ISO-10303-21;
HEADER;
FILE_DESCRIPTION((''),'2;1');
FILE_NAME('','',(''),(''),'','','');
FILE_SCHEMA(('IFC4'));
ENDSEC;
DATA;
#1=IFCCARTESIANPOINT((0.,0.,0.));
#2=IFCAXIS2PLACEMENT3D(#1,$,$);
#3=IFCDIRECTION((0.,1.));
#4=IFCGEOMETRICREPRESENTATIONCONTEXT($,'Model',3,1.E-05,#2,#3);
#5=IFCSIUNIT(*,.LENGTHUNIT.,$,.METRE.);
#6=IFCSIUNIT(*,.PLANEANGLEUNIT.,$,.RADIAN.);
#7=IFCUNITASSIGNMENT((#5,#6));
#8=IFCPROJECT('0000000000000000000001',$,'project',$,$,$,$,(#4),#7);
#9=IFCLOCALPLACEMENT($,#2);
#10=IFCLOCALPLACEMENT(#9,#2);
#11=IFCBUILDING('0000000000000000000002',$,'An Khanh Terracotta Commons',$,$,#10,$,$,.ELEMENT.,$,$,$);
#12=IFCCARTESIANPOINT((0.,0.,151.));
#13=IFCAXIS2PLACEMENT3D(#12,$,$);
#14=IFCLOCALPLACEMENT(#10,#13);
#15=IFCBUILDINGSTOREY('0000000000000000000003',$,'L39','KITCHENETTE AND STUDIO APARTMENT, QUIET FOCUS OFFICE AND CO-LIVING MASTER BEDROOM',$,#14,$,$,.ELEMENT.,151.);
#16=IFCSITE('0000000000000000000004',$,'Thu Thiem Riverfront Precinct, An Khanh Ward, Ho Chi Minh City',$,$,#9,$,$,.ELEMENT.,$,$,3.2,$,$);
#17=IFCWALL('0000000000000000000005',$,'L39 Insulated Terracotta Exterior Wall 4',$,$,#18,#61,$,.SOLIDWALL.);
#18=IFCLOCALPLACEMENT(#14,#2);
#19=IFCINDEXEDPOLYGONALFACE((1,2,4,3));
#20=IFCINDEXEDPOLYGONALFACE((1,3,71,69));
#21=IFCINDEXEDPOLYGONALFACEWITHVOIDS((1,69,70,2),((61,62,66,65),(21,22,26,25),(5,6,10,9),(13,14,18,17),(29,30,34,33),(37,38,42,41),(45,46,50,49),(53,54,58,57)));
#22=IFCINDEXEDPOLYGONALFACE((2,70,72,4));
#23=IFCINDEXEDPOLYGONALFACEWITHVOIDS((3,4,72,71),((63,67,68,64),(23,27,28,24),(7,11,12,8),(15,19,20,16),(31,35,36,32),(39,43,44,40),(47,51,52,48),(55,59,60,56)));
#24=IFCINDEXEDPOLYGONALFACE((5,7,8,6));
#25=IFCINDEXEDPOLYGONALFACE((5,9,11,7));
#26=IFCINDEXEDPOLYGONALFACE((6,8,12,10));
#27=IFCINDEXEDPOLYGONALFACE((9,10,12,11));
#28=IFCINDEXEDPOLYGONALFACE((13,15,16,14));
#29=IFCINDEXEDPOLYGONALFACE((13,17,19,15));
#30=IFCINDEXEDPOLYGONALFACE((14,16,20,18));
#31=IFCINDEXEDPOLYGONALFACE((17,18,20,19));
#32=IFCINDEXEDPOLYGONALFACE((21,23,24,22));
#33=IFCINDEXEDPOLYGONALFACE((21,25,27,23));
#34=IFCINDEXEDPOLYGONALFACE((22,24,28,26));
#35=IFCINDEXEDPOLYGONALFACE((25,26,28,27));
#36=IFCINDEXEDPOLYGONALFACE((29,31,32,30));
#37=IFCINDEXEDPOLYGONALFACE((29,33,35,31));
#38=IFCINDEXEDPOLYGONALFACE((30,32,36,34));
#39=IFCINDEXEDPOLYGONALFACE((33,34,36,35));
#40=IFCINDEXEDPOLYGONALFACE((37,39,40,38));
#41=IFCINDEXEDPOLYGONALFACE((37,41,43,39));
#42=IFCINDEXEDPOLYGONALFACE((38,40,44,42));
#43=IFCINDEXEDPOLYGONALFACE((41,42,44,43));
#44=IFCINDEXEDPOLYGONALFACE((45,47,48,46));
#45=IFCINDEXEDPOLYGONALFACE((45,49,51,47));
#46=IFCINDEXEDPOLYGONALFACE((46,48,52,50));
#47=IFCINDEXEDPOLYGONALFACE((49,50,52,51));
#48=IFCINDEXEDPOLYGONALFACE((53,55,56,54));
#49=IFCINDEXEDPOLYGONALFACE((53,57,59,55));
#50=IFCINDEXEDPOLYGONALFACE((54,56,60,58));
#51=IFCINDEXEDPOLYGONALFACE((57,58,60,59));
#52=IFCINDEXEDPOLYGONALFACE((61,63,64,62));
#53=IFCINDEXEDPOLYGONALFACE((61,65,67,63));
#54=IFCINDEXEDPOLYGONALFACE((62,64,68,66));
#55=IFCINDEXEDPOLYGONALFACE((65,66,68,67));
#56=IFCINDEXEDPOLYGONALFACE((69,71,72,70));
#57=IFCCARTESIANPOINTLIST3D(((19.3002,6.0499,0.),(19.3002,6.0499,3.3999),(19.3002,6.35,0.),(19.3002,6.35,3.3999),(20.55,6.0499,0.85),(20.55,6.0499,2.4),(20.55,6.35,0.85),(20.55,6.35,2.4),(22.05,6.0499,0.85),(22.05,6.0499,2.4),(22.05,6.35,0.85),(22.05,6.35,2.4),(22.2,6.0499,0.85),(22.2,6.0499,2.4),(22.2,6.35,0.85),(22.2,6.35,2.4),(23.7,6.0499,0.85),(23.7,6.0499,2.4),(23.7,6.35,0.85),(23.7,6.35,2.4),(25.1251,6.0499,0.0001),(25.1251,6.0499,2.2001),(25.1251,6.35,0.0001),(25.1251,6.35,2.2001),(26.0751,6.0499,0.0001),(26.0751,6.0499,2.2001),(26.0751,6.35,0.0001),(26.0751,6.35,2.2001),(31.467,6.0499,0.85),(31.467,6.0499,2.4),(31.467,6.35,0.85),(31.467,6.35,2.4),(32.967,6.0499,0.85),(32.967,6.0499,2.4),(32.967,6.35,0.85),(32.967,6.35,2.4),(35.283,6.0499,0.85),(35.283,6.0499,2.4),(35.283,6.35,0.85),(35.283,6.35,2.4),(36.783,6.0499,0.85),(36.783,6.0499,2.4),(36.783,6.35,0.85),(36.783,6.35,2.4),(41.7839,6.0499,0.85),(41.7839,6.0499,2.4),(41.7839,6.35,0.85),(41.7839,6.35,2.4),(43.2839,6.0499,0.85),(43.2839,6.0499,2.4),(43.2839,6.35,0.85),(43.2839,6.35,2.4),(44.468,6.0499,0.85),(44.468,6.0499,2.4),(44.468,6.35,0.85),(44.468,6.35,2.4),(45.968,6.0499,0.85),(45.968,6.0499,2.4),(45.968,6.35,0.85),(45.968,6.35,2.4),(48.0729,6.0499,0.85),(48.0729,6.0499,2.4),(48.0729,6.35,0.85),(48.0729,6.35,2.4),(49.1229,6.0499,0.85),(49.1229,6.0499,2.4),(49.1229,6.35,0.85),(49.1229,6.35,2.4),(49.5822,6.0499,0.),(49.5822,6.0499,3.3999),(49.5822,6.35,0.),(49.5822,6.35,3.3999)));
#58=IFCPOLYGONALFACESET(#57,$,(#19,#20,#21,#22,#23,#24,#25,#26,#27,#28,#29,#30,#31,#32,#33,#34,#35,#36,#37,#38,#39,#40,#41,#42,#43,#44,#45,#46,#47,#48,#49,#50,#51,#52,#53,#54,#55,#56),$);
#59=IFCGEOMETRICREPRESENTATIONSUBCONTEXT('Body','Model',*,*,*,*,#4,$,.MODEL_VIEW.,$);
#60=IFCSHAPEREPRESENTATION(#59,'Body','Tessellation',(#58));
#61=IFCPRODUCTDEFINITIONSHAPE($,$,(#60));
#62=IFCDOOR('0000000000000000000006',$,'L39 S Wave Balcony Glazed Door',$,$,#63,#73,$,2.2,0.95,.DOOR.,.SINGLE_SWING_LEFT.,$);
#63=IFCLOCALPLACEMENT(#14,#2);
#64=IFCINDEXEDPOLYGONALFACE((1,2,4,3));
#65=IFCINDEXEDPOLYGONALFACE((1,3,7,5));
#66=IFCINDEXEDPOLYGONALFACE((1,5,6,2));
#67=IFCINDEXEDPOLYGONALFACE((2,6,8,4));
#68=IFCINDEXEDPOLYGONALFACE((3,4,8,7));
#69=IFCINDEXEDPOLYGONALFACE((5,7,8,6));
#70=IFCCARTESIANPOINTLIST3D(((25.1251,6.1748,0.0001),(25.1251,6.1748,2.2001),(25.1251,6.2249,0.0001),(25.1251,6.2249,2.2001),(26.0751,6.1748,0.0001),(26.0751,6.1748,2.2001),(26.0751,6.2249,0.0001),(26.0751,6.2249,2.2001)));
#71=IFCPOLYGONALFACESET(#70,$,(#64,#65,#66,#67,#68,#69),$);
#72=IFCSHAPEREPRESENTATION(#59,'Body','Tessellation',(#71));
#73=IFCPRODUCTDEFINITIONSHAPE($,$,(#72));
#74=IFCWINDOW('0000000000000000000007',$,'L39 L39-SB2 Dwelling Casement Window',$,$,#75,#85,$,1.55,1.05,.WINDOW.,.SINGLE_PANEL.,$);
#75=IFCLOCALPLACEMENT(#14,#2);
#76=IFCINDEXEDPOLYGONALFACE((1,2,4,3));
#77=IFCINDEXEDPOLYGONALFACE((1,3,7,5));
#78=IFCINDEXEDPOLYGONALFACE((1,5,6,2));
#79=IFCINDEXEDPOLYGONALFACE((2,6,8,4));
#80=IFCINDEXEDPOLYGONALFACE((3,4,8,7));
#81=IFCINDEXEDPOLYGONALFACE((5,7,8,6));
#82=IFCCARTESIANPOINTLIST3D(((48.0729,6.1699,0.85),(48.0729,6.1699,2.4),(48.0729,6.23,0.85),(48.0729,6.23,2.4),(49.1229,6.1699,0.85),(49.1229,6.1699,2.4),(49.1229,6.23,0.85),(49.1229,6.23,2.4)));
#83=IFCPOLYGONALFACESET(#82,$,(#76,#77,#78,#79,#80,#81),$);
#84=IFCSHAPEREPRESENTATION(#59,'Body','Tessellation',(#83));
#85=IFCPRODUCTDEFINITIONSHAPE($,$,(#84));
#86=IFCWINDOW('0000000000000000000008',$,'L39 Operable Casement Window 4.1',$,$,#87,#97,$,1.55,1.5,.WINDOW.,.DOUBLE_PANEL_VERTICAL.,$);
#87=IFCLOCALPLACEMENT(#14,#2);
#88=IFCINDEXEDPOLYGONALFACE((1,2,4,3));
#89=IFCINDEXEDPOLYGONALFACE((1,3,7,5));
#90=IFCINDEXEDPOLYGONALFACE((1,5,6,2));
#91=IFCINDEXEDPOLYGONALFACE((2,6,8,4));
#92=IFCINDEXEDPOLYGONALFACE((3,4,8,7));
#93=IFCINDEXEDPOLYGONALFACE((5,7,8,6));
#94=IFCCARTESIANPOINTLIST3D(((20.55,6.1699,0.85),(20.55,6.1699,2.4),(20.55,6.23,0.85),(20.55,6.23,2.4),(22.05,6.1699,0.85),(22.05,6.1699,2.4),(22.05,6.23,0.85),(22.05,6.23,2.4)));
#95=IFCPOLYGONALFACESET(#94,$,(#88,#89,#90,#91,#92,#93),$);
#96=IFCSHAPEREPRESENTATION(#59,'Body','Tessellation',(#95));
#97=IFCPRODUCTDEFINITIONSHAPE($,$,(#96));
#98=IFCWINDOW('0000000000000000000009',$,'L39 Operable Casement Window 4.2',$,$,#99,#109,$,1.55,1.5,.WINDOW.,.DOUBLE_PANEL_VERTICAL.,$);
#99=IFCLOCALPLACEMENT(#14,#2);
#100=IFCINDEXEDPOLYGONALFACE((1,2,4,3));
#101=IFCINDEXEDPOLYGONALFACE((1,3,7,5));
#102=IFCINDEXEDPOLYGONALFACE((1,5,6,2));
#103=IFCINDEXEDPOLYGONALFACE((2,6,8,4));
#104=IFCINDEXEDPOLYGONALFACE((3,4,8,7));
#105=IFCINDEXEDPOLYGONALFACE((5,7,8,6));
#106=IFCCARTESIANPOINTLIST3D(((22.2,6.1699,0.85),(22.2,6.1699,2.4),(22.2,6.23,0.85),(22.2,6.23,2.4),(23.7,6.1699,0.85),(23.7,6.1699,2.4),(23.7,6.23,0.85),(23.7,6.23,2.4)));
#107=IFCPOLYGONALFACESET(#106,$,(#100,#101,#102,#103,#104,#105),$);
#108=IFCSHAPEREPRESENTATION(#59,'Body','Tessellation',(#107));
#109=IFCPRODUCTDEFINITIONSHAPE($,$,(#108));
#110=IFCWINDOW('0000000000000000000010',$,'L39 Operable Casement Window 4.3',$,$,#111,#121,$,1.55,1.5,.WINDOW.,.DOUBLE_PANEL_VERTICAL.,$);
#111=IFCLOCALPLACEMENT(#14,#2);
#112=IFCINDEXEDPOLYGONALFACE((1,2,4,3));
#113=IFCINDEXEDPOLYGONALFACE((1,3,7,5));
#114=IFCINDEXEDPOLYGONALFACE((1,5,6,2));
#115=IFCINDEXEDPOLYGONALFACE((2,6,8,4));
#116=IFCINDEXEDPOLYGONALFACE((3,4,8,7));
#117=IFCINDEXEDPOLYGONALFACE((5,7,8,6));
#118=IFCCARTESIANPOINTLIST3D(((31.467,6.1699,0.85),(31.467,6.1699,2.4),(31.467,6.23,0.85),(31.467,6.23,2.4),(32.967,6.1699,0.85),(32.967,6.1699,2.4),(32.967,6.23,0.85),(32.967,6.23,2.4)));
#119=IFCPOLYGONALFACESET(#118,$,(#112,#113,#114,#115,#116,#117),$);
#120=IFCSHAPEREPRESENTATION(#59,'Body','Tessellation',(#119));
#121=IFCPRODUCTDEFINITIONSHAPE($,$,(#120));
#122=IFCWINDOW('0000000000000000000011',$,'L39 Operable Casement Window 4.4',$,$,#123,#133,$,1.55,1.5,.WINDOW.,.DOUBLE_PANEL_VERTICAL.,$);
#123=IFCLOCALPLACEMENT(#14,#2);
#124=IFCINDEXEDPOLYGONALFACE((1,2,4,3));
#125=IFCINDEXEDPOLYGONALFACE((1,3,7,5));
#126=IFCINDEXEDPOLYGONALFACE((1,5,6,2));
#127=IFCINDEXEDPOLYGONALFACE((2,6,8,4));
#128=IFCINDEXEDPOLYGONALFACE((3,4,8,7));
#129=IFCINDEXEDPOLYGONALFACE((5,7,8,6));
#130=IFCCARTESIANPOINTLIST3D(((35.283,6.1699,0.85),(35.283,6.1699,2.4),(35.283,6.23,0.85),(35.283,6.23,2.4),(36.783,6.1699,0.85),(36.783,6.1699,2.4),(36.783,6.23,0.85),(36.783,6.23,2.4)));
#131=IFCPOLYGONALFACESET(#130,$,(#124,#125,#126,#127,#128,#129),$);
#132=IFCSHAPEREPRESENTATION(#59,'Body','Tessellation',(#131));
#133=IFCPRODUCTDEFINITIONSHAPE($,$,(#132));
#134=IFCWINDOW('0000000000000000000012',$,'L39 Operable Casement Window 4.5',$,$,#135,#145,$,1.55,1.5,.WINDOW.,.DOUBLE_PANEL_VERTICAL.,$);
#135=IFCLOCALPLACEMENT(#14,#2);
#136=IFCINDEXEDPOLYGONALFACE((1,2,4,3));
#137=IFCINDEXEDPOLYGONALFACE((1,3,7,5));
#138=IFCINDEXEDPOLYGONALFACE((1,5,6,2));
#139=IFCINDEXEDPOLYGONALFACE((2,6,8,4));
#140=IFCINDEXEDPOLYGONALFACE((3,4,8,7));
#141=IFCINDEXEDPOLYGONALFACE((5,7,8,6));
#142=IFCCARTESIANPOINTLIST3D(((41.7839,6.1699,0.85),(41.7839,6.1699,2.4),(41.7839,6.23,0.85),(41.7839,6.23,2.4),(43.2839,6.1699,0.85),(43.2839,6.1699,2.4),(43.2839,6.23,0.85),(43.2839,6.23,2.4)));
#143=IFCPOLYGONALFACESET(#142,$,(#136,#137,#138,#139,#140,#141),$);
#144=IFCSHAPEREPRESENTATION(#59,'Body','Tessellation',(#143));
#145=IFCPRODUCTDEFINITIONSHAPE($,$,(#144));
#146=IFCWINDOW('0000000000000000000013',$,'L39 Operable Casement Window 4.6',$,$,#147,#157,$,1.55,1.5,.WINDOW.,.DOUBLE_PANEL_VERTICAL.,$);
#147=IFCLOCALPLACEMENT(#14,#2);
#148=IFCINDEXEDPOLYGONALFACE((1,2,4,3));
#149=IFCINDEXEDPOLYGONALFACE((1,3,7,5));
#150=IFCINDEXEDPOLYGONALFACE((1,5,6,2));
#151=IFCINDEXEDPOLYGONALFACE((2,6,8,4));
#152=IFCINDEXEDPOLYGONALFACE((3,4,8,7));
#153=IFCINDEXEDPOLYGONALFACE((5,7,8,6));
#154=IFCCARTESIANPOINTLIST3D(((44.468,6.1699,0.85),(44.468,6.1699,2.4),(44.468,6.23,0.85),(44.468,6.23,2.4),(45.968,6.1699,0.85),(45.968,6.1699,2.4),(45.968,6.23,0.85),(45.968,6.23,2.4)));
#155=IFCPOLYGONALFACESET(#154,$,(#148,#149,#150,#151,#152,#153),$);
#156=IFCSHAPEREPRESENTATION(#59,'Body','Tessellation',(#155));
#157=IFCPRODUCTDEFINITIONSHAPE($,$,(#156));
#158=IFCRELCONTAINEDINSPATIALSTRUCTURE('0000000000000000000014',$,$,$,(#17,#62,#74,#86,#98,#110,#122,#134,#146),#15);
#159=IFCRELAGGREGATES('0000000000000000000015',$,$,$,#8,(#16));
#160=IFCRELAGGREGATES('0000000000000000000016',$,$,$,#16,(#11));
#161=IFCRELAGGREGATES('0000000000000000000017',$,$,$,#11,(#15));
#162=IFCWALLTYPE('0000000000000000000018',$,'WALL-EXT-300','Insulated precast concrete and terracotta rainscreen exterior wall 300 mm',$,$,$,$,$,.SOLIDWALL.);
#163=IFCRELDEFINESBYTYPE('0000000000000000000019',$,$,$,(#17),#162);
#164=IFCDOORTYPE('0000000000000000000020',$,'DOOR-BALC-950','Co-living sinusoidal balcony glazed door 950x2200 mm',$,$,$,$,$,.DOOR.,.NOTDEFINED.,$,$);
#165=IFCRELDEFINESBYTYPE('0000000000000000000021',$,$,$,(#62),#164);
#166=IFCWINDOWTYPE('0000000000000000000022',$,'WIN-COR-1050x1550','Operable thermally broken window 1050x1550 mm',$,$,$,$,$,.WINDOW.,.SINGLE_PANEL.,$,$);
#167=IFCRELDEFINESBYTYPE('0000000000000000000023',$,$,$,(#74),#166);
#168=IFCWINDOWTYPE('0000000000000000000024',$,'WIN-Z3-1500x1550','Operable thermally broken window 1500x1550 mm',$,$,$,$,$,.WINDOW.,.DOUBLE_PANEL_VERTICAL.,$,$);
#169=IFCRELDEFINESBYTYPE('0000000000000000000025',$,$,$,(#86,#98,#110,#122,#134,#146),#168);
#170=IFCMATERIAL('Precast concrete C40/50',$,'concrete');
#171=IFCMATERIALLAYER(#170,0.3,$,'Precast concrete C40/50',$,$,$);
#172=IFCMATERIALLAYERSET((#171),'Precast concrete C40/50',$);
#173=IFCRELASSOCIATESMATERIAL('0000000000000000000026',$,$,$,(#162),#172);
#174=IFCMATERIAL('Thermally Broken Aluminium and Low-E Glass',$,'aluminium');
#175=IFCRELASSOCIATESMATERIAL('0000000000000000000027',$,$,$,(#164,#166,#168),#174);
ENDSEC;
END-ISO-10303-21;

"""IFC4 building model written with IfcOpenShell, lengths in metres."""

from ifc_helpers import new_model, si_unit, direction, frame, frame_2d, origin, place, context, subcontext, project, spatial, rectangle, extrude, material, layer, layer_set, type_object, element, fill, save


model = new_model("IFC4")

# Units and contexts
model_context = context("Model", 3, precision=1e-05, world=origin(), true_north=direction((0.0, 1.0)))
body_context = subcontext(model_context, "Body", "Model", "MODEL_VIEW")
ifc_project = project(units=[si_unit("LENGTHUNIT", "METRE"), si_unit("PLANEANGLEUNIT", "RADIAN")], contexts=[model_context])

# Site, building, storey
site_placement = place(None, origin())
site = spatial("IfcSite", under=ifc_project, at=site_placement, Name="Thu Thiem Riverfront Precinct, An Khanh Ward, Ho Chi Minh City", CompositionType="ELEMENT", RefElevation=3.2)
building_placement = place(site_placement, origin())
building = spatial("IfcBuilding", under=site, at=building_placement, Name="An Khanh Terracotta Commons", CompositionType="ELEMENT")
storey_placement = place(building_placement, frame((0.0, 0.0, 151.0)))
storey = spatial("IfcBuildingStorey", under=building, at=storey_placement, Name="L39", Description="KITCHENETTE AND STUDIO APARTMENT, QUIET FOCUS OFFICE AND CO-LIVING MASTER BEDROOM", CompositionType="ELEMENT", Elevation=151.0)

# Wall, openings, door, windows
ifc_material_1 = material(Name="Precast concrete C40/50", Category="concrete")
ifc_layer_1 = layer(ifc_material_1, 0.3, Name="Precast concrete C40/50")
ifc_layer_set_1 = layer_set([ifc_layer_1], Name="Precast concrete C40/50")
wall_type_1 = type_object("IfcWallType", Name="WALL-EXT-300", Description="Insulated precast concrete and terracotta rainscreen exterior wall 300 mm", PredefinedType="SOLIDWALL", material=ifc_layer_set_1)
wall_1_placement = place(storey_placement, frame((19.3, 6.2, 0.0), z_axis=(0.0, 0.0, 1.0), x_axis=(1.0, 0.0, 0.0)))
wall_1 = element("IfcWall", 1, at=wall_1_placement, inside=storey, type_object=wall_type_1, Name="L39 Insulated Terracotta Exterior Wall 4", PredefinedType="SOLIDWALL", context=body_context, shape_type="SweptSolid", body=[
    extrude(rectangle(XDim=30.282, YDim=0.3, at=frame_2d((15.1411, 0.0))), origin(), (0.0, 0.0, 1.0), 3.3999),
])
opening_1_placement = place(wall_1_placement, frame((5.825, 0.0, 0.0)))
opening_1 = element("IfcOpeningElement", 2, at=opening_1_placement, cuts=wall_1, PredefinedType="OPENING", context=body_context, shape_type="SweptSolid", body=[
    extrude(rectangle(XDim=0.95, YDim=2.2, at=frame_2d((0.4751, 1.1001))), frame((0.0, 0.1599, 0.0), z_axis=(0.0, -1.0, 0.0), x_axis=(1.0, 0.0, 0.0)), (0.0, 0.0, 1.0), 0.3201),
])
opening_2_placement = place(wall_1_placement, frame((1.25, 0.0, 0.8501)))
opening_2 = element("IfcOpeningElement", 3, at=opening_2_placement, cuts=wall_1, PredefinedType="OPENING", context=body_context, shape_type="SweptSolid", body=[
    extrude(rectangle(XDim=1.5, YDim=1.55, at=frame_2d((0.75, 0.7749))), frame((0.0, 0.1599, 0.0), z_axis=(0.0, -1.0, 0.0), x_axis=(1.0, 0.0, 0.0)), (0.0, 0.0, 1.0), 0.3201),
])
opening_3_placement = place(wall_1_placement, frame((2.8999, 0.0, 0.8501)))
opening_3 = element("IfcOpeningElement", 4, at=opening_3_placement, cuts=wall_1, PredefinedType="OPENING", context=body_context, shape_type="SweptSolid", body=[
    extrude(rectangle(XDim=1.5, YDim=1.55, at=frame_2d((0.75, 0.7749))), frame((0.0, 0.1599, 0.0), z_axis=(0.0, -1.0, 0.0), x_axis=(1.0, 0.0, 0.0)), (0.0, 0.0, 1.0), 0.3201),
])
opening_4_placement = place(wall_1_placement, frame((12.167, 0.0, 0.8501)))
opening_4 = element("IfcOpeningElement", 5, at=opening_4_placement, cuts=wall_1, PredefinedType="OPENING", context=body_context, shape_type="SweptSolid", body=[
    extrude(rectangle(XDim=1.5, YDim=1.55, at=frame_2d((0.75, 0.7749))), frame((0.0, 0.1599, 0.0), z_axis=(0.0, -1.0, 0.0), x_axis=(1.0, 0.0, 0.0)), (0.0, 0.0, 1.0), 0.3201),
])
opening_5_placement = place(wall_1_placement, frame((15.9829, 0.0, 0.8501)))
opening_5 = element("IfcOpeningElement", 6, at=opening_5_placement, cuts=wall_1, PredefinedType="OPENING", context=body_context, shape_type="SweptSolid", body=[
    extrude(rectangle(XDim=1.5, YDim=1.55, at=frame_2d((0.75, 0.7749))), frame((0.0, 0.1599, 0.0), z_axis=(0.0, -1.0, 0.0), x_axis=(1.0, 0.0, 0.0)), (0.0, 0.0, 1.0), 0.3201),
])
opening_6_placement = place(wall_1_placement, frame((22.4839, 0.0, 0.8501)))
opening_6 = element("IfcOpeningElement", 7, at=opening_6_placement, cuts=wall_1, PredefinedType="OPENING", context=body_context, shape_type="SweptSolid", body=[
    extrude(rectangle(XDim=1.5, YDim=1.55, at=frame_2d((0.75, 0.7749))), frame((0.0, 0.1599, 0.0), z_axis=(0.0, -1.0, 0.0), x_axis=(1.0, 0.0, 0.0)), (0.0, 0.0, 1.0), 0.3201),
])
opening_7_placement = place(wall_1_placement, frame((25.168, 0.0, 0.8501)))
opening_7 = element("IfcOpeningElement", 8, at=opening_7_placement, cuts=wall_1, PredefinedType="OPENING", context=body_context, shape_type="SweptSolid", body=[
    extrude(rectangle(XDim=1.5, YDim=1.55, at=frame_2d((0.75, 0.7749))), frame((0.0, 0.1599, 0.0), z_axis=(0.0, -1.0, 0.0), x_axis=(1.0, 0.0, 0.0)), (0.0, 0.0, 1.0), 0.3201),
])
opening_8_placement = place(wall_1_placement, frame((28.7729, 0.0, 0.8501)))
opening_8 = element("IfcOpeningElement", 9, at=opening_8_placement, cuts=wall_1, PredefinedType="OPENING", context=body_context, shape_type="SweptSolid", body=[
    extrude(rectangle(XDim=1.05, YDim=1.55, at=frame_2d((0.5249, 0.7749))), frame((0.0, 0.1599, 0.0), z_axis=(0.0, -1.0, 0.0), x_axis=(1.0, 0.0, 0.0)), (0.0, 0.0, 1.0), 0.3201),
])
ifc_material_2 = material(Name="Thermally Broken Aluminium and Low-E Glass", Category="aluminium")
door_type_1 = type_object("IfcDoorType", Name="DOOR-BALC-950", Description="Co-living sinusoidal balcony glazed door 950x2200 mm", OperationType="NOTDEFINED", PredefinedType="DOOR", material=ifc_material_2)
door_1_placement = place(opening_1_placement, origin())
door_1 = element("IfcDoor", 10, at=door_1_placement, inside=storey, type_object=door_type_1, Name="L39 S Wave Balcony Glazed Door", OperationType="SINGLE_SWING_LEFT", OverallHeight=2.2, OverallWidth=0.95, PredefinedType="DOOR", context=body_context, shape_type="SweptSolid", body=[
    extrude(rectangle(XDim=0.95, YDim=2.2, at=frame_2d((0.4751, 1.1001))), frame((0.0, 0.0249, 0.0), z_axis=(0.0, -1.0, 0.0), x_axis=(1.0, 0.0, 0.0)), (0.0, 0.0, 1.0), 0.05),
])
fill(opening_1, door_1)
window_type_1 = type_object("IfcWindowType", Name="WIN-COR-1050x1550", Description="Operable thermally broken window 1050x1550 mm", PartitioningType="SINGLE_PANEL", PredefinedType="WINDOW", material=ifc_material_2)
window_1_placement = place(opening_8_placement, origin())
window_1 = element("IfcWindow", 11, at=window_1_placement, inside=storey, type_object=window_type_1, Name="L39 L39-SB2 Dwelling Casement Window", OverallHeight=1.55, OverallWidth=1.05, PartitioningType="SINGLE_PANEL", PredefinedType="WINDOW", context=body_context, shape_type="SweptSolid", body=[
    extrude(rectangle(XDim=1.05, YDim=1.55, at=frame_2d((0.5249, 0.7749))), frame((0.0, 0.03, 0.0), z_axis=(0.0, -1.0, 0.0), x_axis=(1.0, 0.0, 0.0)), (0.0, 0.0, 1.0), 0.0601),
])
fill(opening_8, window_1)
window_type_2 = type_object("IfcWindowType", Name="WIN-Z3-1500x1550", Description="Operable thermally broken window 1500x1550 mm", PartitioningType="DOUBLE_PANEL_VERTICAL", PredefinedType="WINDOW", material=ifc_material_2)
window_2_placement = place(opening_2_placement, origin())
window_2 = element("IfcWindow", 12, at=window_2_placement, inside=storey, type_object=window_type_2, Name="L39 Operable Casement Window 4.1", OverallHeight=1.55, OverallWidth=1.5, PartitioningType="DOUBLE_PANEL_VERTICAL", PredefinedType="WINDOW", context=body_context, shape_type="SweptSolid", body=[
    extrude(rectangle(XDim=1.5, YDim=1.55, at=frame_2d((0.75, 0.7749))), frame((0.0, 0.03, 0.0), z_axis=(0.0, -1.0, 0.0), x_axis=(1.0, 0.0, 0.0)), (0.0, 0.0, 1.0), 0.0601),
])
fill(opening_2, window_2)
window_3_placement = place(opening_3_placement, origin())
window_3 = element("IfcWindow", 13, at=window_3_placement, inside=storey, type_object=window_type_2, Name="L39 Operable Casement Window 4.2", OverallHeight=1.55, OverallWidth=1.5, PartitioningType="DOUBLE_PANEL_VERTICAL", PredefinedType="WINDOW", context=body_context, shape_type="SweptSolid", body=[
    extrude(rectangle(XDim=1.5, YDim=1.55, at=frame_2d((0.75, 0.7749))), frame((0.0, 0.03, 0.0), z_axis=(0.0, -1.0, 0.0), x_axis=(1.0, 0.0, 0.0)), (0.0, 0.0, 1.0), 0.0601),
])
fill(opening_3, window_3)
window_4_placement = place(opening_4_placement, origin())
window_4 = element("IfcWindow", 14, at=window_4_placement, inside=storey, type_object=window_type_2, Name="L39 Operable Casement Window 4.3", OverallHeight=1.55, OverallWidth=1.5, PartitioningType="DOUBLE_PANEL_VERTICAL", PredefinedType="WINDOW", context=body_context, shape_type="SweptSolid", body=[
    extrude(rectangle(XDim=1.5, YDim=1.55, at=frame_2d((0.75, 0.7749))), frame((0.0, 0.03, 0.0), z_axis=(0.0, -1.0, 0.0), x_axis=(1.0, 0.0, 0.0)), (0.0, 0.0, 1.0), 0.0601),
])
fill(opening_4, window_4)
window_5_placement = place(opening_5_placement, origin())
window_5 = element("IfcWindow", 15, at=window_5_placement, inside=storey, type_object=window_type_2, Name="L39 Operable Casement Window 4.4", OverallHeight=1.55, OverallWidth=1.5, PartitioningType="DOUBLE_PANEL_VERTICAL", PredefinedType="WINDOW", context=body_context, shape_type="SweptSolid", body=[
    extrude(rectangle(XDim=1.5, YDim=1.55, at=frame_2d((0.75, 0.7749))), frame((0.0, 0.03, 0.0), z_axis=(0.0, -1.0, 0.0), x_axis=(1.0, 0.0, 0.0)), (0.0, 0.0, 1.0), 0.0601),
])
fill(opening_5, window_5)
window_6_placement = place(opening_6_placement, origin())
window_6 = element("IfcWindow", 16, at=window_6_placement, inside=storey, type_object=window_type_2, Name="L39 Operable Casement Window 4.5", OverallHeight=1.55, OverallWidth=1.5, PartitioningType="DOUBLE_PANEL_VERTICAL", PredefinedType="WINDOW", context=body_context, shape_type="SweptSolid", body=[
    extrude(rectangle(XDim=1.5, YDim=1.55, at=frame_2d((0.75, 0.7749))), frame((0.0, 0.03, 0.0), z_axis=(0.0, -1.0, 0.0), x_axis=(1.0, 0.0, 0.0)), (0.0, 0.0, 1.0), 0.0601),
])
fill(opening_6, window_6)
window_7_placement = place(opening_7_placement, origin())
window_7 = element("IfcWindow", 17, at=window_7_placement, inside=storey, type_object=window_type_2, Name="L39 Operable Casement Window 4.6", OverallHeight=1.55, OverallWidth=1.5, PartitioningType="DOUBLE_PANEL_VERTICAL", PredefinedType="WINDOW", context=body_context, shape_type="SweptSolid", body=[
    extrude(rectangle(XDim=1.5, YDim=1.55, at=frame_2d((0.75, 0.7749))), frame((0.0, 0.03, 0.0), z_axis=(0.0, -1.0, 0.0), x_axis=(1.0, 0.0, 0.0)), (0.0, 0.0, 1.0), 0.0601),
])
fill(opening_7, window_7)

save(model, "model.ifc")
